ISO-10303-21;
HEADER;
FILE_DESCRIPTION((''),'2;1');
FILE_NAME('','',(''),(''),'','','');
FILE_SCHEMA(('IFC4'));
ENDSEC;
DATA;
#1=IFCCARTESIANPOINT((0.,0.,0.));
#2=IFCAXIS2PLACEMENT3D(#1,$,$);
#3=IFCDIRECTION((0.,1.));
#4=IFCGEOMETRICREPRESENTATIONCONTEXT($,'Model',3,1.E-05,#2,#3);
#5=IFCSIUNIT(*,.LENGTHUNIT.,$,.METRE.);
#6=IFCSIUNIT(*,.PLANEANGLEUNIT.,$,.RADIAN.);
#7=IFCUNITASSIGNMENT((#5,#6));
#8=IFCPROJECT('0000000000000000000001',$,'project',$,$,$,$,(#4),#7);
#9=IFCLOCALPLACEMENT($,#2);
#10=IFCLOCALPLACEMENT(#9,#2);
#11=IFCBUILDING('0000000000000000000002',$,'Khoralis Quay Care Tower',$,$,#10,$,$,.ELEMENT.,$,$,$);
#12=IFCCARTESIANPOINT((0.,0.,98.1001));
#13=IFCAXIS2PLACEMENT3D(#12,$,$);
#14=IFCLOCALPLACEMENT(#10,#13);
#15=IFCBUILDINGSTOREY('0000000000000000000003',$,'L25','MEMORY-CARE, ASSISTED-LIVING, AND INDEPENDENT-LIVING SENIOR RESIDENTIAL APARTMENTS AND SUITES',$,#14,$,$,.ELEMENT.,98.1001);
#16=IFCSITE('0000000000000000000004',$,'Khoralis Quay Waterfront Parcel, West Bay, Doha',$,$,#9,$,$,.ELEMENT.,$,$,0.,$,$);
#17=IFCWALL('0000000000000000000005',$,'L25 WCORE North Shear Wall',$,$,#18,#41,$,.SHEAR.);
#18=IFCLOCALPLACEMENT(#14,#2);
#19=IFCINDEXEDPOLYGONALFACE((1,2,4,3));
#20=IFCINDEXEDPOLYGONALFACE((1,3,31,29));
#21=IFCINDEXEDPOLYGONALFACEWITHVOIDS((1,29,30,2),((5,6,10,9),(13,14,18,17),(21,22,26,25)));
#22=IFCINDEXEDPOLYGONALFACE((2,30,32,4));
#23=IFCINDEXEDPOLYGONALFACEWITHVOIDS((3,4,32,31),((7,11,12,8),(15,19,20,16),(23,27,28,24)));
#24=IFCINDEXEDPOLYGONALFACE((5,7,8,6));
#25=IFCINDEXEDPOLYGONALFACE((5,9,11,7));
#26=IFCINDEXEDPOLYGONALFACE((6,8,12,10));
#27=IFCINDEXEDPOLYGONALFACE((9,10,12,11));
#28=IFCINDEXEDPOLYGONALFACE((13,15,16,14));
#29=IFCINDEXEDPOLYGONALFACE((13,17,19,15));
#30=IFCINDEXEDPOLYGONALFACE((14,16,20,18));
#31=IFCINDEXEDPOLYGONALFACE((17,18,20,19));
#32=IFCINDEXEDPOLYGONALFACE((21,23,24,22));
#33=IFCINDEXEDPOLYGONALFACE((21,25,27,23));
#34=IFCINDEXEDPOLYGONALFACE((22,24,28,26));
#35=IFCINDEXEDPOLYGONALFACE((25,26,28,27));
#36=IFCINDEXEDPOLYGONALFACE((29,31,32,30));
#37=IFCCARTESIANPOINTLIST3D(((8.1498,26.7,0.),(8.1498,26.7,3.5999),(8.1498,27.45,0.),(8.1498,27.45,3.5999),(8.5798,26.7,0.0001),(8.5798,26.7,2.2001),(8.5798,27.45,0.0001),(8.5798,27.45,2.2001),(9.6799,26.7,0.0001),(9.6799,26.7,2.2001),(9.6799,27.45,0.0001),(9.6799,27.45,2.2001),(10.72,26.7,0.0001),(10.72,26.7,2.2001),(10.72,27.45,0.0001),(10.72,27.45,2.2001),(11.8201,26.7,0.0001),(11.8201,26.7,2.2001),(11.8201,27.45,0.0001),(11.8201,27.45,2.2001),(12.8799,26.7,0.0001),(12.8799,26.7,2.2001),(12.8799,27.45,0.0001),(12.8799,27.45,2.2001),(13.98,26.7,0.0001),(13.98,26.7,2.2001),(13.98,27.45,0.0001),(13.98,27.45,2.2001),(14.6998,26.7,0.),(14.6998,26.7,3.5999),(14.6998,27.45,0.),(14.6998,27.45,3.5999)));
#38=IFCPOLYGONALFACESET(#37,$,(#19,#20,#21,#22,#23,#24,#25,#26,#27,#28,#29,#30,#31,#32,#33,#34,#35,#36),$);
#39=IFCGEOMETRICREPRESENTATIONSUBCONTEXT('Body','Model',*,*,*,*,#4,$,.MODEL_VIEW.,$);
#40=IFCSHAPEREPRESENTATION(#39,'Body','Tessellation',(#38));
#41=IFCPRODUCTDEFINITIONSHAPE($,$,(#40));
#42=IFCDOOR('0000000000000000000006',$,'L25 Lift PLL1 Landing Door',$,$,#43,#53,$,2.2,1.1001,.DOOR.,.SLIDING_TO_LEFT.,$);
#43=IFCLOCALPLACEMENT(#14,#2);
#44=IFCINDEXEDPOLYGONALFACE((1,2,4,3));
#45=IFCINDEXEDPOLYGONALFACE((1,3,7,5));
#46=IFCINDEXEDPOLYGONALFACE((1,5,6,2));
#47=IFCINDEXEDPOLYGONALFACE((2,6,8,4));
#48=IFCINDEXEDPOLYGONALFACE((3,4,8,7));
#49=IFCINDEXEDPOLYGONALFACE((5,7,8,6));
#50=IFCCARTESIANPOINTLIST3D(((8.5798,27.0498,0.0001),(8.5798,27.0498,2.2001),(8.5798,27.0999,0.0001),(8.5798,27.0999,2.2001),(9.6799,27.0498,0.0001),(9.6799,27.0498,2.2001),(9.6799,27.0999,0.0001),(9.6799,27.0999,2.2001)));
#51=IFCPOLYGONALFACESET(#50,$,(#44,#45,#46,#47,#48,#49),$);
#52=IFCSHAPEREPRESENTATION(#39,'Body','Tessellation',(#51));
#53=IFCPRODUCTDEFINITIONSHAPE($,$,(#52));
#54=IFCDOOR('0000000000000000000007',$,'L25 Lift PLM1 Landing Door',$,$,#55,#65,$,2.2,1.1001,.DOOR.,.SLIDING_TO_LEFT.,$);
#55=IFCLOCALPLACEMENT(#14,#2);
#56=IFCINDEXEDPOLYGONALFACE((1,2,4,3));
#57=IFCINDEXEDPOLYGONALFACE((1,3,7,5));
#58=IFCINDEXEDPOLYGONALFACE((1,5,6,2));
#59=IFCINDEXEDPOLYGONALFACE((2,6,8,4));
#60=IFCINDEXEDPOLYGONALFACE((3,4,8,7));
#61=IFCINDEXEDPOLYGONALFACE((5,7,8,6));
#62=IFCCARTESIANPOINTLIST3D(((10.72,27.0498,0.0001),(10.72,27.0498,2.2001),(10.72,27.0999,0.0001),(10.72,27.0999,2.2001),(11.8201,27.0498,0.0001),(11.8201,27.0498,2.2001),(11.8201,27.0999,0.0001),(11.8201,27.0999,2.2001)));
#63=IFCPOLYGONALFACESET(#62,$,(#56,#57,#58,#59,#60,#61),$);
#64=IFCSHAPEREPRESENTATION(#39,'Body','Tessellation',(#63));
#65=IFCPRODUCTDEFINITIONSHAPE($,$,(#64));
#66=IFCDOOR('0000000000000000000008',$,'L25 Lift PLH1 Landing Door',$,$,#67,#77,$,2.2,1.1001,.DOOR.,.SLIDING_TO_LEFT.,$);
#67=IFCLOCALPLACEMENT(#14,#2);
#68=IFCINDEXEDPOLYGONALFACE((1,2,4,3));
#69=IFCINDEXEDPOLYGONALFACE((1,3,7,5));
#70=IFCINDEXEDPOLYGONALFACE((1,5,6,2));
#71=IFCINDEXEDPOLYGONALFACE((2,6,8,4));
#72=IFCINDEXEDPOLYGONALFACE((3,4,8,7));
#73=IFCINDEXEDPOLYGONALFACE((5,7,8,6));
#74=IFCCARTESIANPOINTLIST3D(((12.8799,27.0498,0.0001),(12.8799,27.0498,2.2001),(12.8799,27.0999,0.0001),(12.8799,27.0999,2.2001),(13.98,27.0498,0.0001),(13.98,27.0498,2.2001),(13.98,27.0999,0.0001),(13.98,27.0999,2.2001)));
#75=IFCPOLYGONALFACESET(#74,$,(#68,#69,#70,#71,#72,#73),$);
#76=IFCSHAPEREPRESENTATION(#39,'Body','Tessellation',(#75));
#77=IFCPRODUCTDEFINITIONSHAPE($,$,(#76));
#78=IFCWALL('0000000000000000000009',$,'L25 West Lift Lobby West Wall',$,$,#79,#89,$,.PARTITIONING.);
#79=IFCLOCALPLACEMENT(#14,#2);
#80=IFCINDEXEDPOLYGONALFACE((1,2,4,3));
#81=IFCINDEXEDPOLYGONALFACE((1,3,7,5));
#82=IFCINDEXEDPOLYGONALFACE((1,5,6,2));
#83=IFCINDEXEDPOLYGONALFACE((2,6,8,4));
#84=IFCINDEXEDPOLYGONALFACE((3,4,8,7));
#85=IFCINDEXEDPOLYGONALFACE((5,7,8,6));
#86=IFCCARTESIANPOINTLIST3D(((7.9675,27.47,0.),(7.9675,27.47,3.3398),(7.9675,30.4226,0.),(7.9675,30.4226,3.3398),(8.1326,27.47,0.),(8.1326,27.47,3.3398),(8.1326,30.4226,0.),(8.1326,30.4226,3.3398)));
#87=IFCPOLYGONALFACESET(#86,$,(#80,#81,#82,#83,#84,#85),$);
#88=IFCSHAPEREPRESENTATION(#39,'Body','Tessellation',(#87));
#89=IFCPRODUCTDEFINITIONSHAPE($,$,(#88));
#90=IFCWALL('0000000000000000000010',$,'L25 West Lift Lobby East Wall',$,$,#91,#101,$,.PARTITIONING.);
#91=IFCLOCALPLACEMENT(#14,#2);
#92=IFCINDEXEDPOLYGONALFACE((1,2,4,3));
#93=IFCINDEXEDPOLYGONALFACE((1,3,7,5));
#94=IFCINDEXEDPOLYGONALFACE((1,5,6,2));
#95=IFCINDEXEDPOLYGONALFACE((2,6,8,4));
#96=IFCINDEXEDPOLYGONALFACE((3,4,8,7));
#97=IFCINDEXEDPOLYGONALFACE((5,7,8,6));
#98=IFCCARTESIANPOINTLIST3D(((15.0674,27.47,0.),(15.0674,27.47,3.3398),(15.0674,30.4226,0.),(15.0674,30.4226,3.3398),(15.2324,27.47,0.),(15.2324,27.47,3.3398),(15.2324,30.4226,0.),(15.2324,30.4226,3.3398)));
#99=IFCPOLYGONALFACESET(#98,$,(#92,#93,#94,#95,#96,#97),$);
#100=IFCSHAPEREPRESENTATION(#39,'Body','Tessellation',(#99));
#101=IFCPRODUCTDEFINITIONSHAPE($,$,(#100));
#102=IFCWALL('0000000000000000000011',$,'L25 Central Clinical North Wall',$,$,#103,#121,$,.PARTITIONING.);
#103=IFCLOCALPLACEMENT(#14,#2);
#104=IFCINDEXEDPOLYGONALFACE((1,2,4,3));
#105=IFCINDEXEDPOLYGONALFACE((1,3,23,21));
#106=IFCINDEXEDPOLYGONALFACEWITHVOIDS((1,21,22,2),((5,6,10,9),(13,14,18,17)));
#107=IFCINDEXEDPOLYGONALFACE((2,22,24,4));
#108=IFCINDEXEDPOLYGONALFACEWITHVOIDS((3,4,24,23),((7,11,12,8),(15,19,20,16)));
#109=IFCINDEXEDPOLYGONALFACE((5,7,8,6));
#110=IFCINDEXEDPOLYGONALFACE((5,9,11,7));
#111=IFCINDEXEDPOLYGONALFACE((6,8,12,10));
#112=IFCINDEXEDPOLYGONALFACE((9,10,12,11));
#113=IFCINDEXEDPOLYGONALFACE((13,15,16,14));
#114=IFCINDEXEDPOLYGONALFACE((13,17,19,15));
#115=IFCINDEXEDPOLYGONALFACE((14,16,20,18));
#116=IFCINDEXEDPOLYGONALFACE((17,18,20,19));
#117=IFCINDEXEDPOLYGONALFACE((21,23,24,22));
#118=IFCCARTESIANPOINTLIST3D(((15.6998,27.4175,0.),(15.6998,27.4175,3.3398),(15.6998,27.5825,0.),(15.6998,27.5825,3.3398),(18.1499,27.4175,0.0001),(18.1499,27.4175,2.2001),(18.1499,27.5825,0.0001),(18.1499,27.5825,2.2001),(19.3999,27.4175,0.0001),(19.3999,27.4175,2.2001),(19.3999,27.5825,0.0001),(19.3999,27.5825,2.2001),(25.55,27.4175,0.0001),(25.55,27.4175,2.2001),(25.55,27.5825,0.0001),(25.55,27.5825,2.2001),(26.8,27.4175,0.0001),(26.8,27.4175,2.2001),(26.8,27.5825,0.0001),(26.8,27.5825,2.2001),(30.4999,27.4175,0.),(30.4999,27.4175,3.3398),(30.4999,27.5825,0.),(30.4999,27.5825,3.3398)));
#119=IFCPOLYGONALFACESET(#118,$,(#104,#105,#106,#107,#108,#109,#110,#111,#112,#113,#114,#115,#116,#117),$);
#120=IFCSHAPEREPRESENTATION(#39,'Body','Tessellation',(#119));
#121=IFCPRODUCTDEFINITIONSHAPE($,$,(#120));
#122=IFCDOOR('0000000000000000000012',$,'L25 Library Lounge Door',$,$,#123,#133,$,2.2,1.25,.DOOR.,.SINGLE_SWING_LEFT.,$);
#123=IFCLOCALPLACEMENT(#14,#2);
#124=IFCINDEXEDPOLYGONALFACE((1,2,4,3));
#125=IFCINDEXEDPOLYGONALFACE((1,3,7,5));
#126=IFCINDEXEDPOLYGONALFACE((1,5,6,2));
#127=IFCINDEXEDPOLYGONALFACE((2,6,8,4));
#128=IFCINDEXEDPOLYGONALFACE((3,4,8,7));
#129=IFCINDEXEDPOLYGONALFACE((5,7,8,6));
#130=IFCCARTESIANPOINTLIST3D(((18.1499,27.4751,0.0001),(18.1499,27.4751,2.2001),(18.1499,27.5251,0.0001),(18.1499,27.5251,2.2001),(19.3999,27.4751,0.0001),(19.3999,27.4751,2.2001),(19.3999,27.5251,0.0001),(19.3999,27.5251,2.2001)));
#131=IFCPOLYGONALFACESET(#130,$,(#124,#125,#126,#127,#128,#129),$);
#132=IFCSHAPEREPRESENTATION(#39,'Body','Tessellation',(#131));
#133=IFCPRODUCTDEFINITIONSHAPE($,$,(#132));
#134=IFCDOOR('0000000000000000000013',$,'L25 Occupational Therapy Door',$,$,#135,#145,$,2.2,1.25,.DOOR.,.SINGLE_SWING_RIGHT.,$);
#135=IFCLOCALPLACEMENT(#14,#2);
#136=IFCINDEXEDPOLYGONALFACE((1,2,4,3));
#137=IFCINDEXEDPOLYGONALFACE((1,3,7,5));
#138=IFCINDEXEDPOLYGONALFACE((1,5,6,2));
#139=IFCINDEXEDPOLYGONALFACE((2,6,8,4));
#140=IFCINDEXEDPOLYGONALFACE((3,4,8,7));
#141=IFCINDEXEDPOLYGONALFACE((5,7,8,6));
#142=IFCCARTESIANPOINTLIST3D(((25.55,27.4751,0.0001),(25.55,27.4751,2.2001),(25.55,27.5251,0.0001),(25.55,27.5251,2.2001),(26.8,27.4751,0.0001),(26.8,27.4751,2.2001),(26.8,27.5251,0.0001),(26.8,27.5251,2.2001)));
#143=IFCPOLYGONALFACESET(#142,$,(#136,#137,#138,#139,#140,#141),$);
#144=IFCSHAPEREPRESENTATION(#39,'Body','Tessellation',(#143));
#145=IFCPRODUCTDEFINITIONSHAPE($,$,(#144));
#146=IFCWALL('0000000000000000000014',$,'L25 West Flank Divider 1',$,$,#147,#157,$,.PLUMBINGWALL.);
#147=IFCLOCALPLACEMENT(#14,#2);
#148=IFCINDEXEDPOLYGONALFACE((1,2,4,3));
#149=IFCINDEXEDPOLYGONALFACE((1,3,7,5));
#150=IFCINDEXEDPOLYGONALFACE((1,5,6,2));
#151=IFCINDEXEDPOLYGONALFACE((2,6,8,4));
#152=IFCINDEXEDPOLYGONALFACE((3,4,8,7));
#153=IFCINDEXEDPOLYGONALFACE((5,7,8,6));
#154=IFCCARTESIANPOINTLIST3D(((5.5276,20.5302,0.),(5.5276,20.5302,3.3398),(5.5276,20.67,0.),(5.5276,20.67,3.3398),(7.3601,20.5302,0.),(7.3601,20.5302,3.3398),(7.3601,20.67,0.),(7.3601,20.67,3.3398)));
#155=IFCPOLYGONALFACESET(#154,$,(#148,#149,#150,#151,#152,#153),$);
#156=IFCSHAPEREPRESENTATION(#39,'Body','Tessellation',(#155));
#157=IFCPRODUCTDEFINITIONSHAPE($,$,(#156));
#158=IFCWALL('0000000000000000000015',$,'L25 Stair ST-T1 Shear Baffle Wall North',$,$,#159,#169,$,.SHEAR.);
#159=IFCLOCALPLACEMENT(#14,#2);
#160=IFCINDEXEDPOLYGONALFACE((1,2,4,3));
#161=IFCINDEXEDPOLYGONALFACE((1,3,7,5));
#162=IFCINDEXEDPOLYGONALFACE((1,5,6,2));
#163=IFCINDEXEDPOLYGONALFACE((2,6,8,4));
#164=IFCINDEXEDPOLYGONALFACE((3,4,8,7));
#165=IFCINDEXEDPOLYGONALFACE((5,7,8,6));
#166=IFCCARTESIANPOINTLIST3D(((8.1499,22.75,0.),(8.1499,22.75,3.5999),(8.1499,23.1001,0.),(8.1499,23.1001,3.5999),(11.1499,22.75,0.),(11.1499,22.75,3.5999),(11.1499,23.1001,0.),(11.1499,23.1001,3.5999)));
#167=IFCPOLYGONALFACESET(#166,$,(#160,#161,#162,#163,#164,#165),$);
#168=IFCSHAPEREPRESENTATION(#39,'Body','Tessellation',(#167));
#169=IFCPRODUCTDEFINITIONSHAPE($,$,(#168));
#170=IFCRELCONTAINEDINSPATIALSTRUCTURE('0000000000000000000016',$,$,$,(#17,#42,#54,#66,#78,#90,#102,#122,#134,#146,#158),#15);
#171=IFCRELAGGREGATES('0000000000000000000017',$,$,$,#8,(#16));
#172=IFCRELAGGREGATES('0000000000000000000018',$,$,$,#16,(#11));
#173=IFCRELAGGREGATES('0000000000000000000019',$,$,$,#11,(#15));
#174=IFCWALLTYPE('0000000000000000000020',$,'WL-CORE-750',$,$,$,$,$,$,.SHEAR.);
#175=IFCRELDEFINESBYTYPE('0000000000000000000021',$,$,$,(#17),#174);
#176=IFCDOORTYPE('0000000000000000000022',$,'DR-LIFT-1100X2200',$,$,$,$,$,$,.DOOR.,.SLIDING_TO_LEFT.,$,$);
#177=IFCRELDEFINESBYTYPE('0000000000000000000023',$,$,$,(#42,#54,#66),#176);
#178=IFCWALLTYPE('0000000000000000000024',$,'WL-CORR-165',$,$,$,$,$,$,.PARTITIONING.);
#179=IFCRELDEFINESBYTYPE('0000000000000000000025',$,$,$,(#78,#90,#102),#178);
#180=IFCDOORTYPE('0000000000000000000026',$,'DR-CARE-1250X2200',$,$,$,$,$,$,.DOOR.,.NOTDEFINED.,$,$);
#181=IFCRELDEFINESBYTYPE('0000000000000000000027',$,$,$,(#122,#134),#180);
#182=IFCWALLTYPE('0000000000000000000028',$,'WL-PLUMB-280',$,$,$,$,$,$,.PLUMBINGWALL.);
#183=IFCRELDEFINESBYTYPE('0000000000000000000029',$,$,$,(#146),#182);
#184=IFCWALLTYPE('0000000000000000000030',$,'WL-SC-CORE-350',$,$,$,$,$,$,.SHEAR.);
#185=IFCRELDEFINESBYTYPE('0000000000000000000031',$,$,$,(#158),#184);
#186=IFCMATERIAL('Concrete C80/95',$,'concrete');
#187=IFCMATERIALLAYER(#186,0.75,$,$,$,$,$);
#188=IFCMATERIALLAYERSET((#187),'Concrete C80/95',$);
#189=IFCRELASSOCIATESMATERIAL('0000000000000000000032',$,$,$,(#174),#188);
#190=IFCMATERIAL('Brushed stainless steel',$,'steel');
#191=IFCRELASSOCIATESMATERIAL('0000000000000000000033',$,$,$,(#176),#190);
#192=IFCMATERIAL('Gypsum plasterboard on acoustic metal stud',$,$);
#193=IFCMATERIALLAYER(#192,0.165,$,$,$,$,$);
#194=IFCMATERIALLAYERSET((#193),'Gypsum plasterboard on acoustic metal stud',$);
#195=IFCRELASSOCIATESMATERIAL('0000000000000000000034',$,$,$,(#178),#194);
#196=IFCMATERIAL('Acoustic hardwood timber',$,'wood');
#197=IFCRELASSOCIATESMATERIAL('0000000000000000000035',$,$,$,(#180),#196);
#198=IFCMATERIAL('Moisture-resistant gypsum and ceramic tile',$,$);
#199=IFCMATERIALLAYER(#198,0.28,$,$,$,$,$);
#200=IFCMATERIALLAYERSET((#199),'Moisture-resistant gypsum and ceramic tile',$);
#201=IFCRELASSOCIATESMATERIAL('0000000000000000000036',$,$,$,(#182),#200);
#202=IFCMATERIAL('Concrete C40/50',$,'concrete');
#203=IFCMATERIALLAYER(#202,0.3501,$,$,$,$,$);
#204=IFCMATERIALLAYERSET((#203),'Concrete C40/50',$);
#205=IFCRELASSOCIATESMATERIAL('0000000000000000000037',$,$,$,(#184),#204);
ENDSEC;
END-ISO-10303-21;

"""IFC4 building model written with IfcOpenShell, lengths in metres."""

from ifc_helpers import new_model, si_unit, direction, frame, frame_2d, origin, place, context, subcontext, project, spatial, rectangle, extrude, source, transform, mapped, material, layer, layer_set, type_object, element, fill, save


model = new_model("IFC4")

# Units and contexts
model_context = context("Model", 3, precision=1e-05, world=origin(), true_north=direction((0.0, 1.0)))
body_context = subcontext(model_context, "Body", "Model", "MODEL_VIEW")
ifc_project = project(units=[si_unit("LENGTHUNIT", "METRE"), si_unit("PLANEANGLEUNIT", "RADIAN")], contexts=[model_context])

# Site, building, storey
site_placement = place(None, origin())
site = spatial("IfcSite", under=ifc_project, at=site_placement, Name="Khoralis Quay Waterfront Parcel, West Bay, Doha", CompositionType="ELEMENT", RefElevation=0.0)
building_placement = place(site_placement, origin())
building = spatial("IfcBuilding", under=site, at=building_placement, Name="Khoralis Quay Care Tower", CompositionType="ELEMENT")
storey_placement = place(building_placement, frame((0.0, 0.0, 98.1001)))
storey = spatial("IfcBuildingStorey", under=building, at=storey_placement, Name="L25", Description="MEMORY-CARE, ASSISTED-LIVING, AND INDEPENDENT-LIVING SENIOR RESIDENTIAL APARTMENTS AND SUITES", CompositionType="ELEMENT", Elevation=98.1001)

# Shared definitions
ifc_material_1 = material(Name="Concrete C80/95", Category="concrete")

# Wall, openings, doors
ifc_layer_1 = layer(ifc_material_1, 0.75)
ifc_layer_set_1 = layer_set([ifc_layer_1], Name="Concrete C80/95")
wall_type_1 = type_object("IfcWallType", Name="WL-CORE-750", PredefinedType="SHEAR", material=ifc_layer_set_1)
wall_1_placement = place(storey_placement, frame((8.1499, 27.075, 0.0), z_axis=(0.0, 0.0, 1.0), x_axis=(1.0, 0.0, 0.0)))
wall_1 = element("IfcWall", 1, at=wall_1_placement, inside=storey, type_object=wall_type_1, Name="L25 WCORE North Shear Wall", PredefinedType="SHEAR", context=body_context, shape_type="SweptSolid", body=[
    extrude(rectangle(XDim=6.55, YDim=0.75, at=frame_2d((3.2749, 0.0))), origin(), (0.0, 0.0, 1.0), 3.5999),
])
opening_1_placement = place(wall_1_placement, frame((0.4299, 0.0, 0.0)))
opening_1 = element("IfcOpeningElement", 2, at=opening_1_placement, cuts=wall_1, PredefinedType="OPENING", context=body_context, shape_type="SweptSolid", body=[
    extrude(rectangle(XDim=1.1001, YDim=2.2, at=frame_2d((0.55, 1.1001))), frame((0.0, 0.385, 0.0), z_axis=(0.0, -1.0, 0.0), x_axis=(1.0, 0.0, 0.0)), (0.0, 0.0, 1.0), 0.77),
])
opening_2_placement = place(wall_1_placement, frame((2.5701, 0.0, 0.0)))
opening_2 = element("IfcOpeningElement", 3, at=opening_2_placement, cuts=wall_1, PredefinedType="OPENING", context=body_context, shape_type="SweptSolid", body=[
    extrude(rectangle(XDim=1.1001, YDim=2.2, at=frame_2d((0.55, 1.1001))), frame((0.0, 0.385, 0.0), z_axis=(0.0, -1.0, 0.0), x_axis=(1.0, 0.0, 0.0)), (0.0, 0.0, 1.0), 0.77),
])
opening_3_placement = place(wall_1_placement, frame((4.73, 0.0, 0.0)))
opening_3 = element("IfcOpeningElement", 4, at=opening_3_placement, cuts=wall_1, PredefinedType="OPENING", context=body_context, shape_type="SweptSolid", body=[
    extrude(rectangle(XDim=1.1001, YDim=2.2, at=frame_2d((0.55, 1.1001))), frame((0.0, 0.385, 0.0), z_axis=(0.0, -1.0, 0.0), x_axis=(1.0, 0.0, 0.0)), (0.0, 0.0, 1.0), 0.77),
])
ifc_material_2 = material(Name="Brushed stainless steel", Category="steel")
door_type_1 = type_object("IfcDoorType", Name="DR-LIFT-1100X2200", OperationType="SLIDING_TO_LEFT", PredefinedType="DOOR", material=ifc_material_2)
shared_shape_1 = source(origin(), body_context, "Body", "SweptSolid", [
    extrude(rectangle(XDim=1.1001, YDim=2.2, at=frame_2d((0.55, 1.1001))), frame((0.0, 0.0249, 0.0), z_axis=(0.0, -1.0, 0.0), x_axis=(1.0, 0.0, 0.0)), (0.0, 0.0, 1.0), 0.05),
])
door_1_placement = place(opening_1_placement, origin())
door_1 = element("IfcDoor", 5, at=door_1_placement, inside=storey, type_object=door_type_1, Name="L25 Lift PLL1 Landing Door", OperationType="SLIDING_TO_LEFT", OverallHeight=2.2, OverallWidth=1.1001, PredefinedType="DOOR", context=body_context, shape_type="MappedRepresentation", body=[
    mapped(shared_shape_1, transform((0.0, 0.0, 0.0), scale=1.0)),
])
fill(opening_1, door_1)
door_2_placement = place(opening_2_placement, origin())
door_2 = element("IfcDoor", 6, at=door_2_placement, inside=storey, type_object=door_type_1, Name="L25 Lift PLM1 Landing Door", OperationType="SLIDING_TO_LEFT", OverallHeight=2.2, OverallWidth=1.1001, PredefinedType="DOOR", context=body_context, shape_type="MappedRepresentation", body=[
    mapped(shared_shape_1, transform((0.0, 0.0, 0.0), scale=1.0)),
])
fill(opening_2, door_2)
door_3_placement = place(opening_3_placement, origin())
door_3 = element("IfcDoor", 7, at=door_3_placement, inside=storey, type_object=door_type_1, Name="L25 Lift PLH1 Landing Door", OperationType="SLIDING_TO_LEFT", OverallHeight=2.2, OverallWidth=1.1001, PredefinedType="DOOR", context=body_context, shape_type="MappedRepresentation", body=[
    mapped(shared_shape_1, transform((0.0, 0.0, 0.0), scale=1.0)),
])
fill(opening_3, door_3)

# Walls
ifc_material_3 = material(Name="Gypsum plasterboard on acoustic metal stud")
ifc_layer_2 = layer(ifc_material_3, 0.165)
ifc_layer_set_2 = layer_set([ifc_layer_2], Name="Gypsum plasterboard on acoustic metal stud")
wall_type_2 = type_object("IfcWallType", Name="WL-CORR-165", PredefinedType="PARTITIONING", material=ifc_layer_set_2)
for number, where, z_axis, x_axis, name in (
    (8, (8.05, 27.47, 0.0), (0.0, 0.0, 1.0), (0.0, 1.0, 0.0), "L25 West Lift Lobby West Wall"),
    (9, (15.1499, 27.47, 0.0), (0.0, 0.0, 1.0), (0.0, 1.0, 0.0), "L25 West Lift Lobby East Wall"),
):
    element("IfcWall", number, at=place(storey_placement, frame(where, z_axis=z_axis, x_axis=x_axis)), inside=storey, type_object=wall_type_2, Name=name, PredefinedType="PARTITIONING", context=body_context, shape_type="SweptSolid", body=[
        extrude(rectangle(XDim=2.9526, YDim=0.165, at=frame_2d((1.4763, 0.0))), origin(), (0.0, 0.0, 1.0), 3.3398),
    ])

# Wall, openings, doors
wall_2_placement = place(storey_placement, frame((15.7, 27.5, 0.0), z_axis=(0.0, 0.0, 1.0), x_axis=(1.0, 0.0, 0.0)))
wall_2 = element("IfcWall", 10, at=wall_2_placement, inside=storey, type_object=wall_type_2, Name="L25 Central Clinical North Wall", PredefinedType="PARTITIONING", context=body_context, shape_type="SweptSolid", body=[
    extrude(rectangle(XDim=14.8, YDim=0.165, at=frame_2d((7.3999, 0.0))), origin(), (0.0, 0.0, 1.0), 3.3398),
])
opening_4_placement = place(wall_2_placement, frame((2.45, 0.0, 0.0)))
opening_4 = element("IfcOpeningElement", 11, at=opening_4_placement, cuts=wall_2, PredefinedType="OPENING", context=body_context, shape_type="SweptSolid", body=[
    extrude(rectangle(XDim=1.25, YDim=2.2, at=frame_2d((0.625, 1.1001))), frame((0.0, 0.0925, 0.0), z_axis=(0.0, -1.0, 0.0), x_axis=(1.0, 0.0, 0.0)), (0.0, 0.0, 1.0), 0.1851),
])
opening_5_placement = place(wall_2_placement, frame((9.8501, 0.0, 0.0)))
opening_5 = element("IfcOpeningElement", 12, at=opening_5_placement, cuts=wall_2, PredefinedType="OPENING", context=body_context, shape_type="SweptSolid", body=[
    extrude(rectangle(XDim=1.25, YDim=2.2, at=frame_2d((0.625, 1.1001))), frame((0.0, 0.0925, 0.0), z_axis=(0.0, -1.0, 0.0), x_axis=(1.0, 0.0, 0.0)), (0.0, 0.0, 1.0), 0.1851),
])
ifc_material_4 = material(Name="Acoustic hardwood timber", Category="wood")
door_type_2 = type_object("IfcDoorType", Name="DR-CARE-1250X2200", OperationType="NOTDEFINED", PredefinedType="DOOR", material=ifc_material_4)
shared_shape_2 = source(origin(), body_context, "Body", "SweptSolid", [
    extrude(rectangle(XDim=1.25, YDim=2.2, at=frame_2d((0.625, 1.1001))), frame((0.0, 0.0249, 0.0), z_axis=(0.0, -1.0, 0.0), x_axis=(1.0, 0.0, 0.0)), (0.0, 0.0, 1.0), 0.05),
])
door_4_placement = place(opening_4_placement, frame((1.25, 0.0, 0.0), z_axis=(0.0, 0.0, 1.0), x_axis=(-1.0, 0.0, 0.0)))
door_4 = element("IfcDoor", 13, at=door_4_placement, inside=storey, type_object=door_type_2, Name="L25 Library Lounge Door", OperationType="SINGLE_SWING_LEFT", OverallHeight=2.2, OverallWidth=1.25, PredefinedType="DOOR", context=body_context, shape_type="MappedRepresentation", body=[
    mapped(shared_shape_2, transform((0.0, 0.0, 0.0), scale=1.0)),
])
fill(opening_4, door_4)
door_5_placement = place(opening_5_placement, frame((1.25, 0.0, 0.0), z_axis=(0.0, 0.0, 1.0), x_axis=(-1.0, 0.0, 0.0)))
door_5 = element("IfcDoor", 14, at=door_5_placement, inside=storey, type_object=door_type_2, Name="L25 Occupational Therapy Door", OperationType="SINGLE_SWING_RIGHT", OverallHeight=2.2, OverallWidth=1.25, PredefinedType="DOOR", context=body_context, shape_type="MappedRepresentation", body=[
    mapped(shared_shape_2, transform((0.0, 0.0, 0.0), scale=1.0)),
])
fill(opening_5, door_5)

# Walls
ifc_material_5 = material(Name="Moisture-resistant gypsum and ceramic tile")
ifc_layer_3 = layer(ifc_material_5, 0.28)
ifc_layer_set_3 = layer_set([ifc_layer_3], Name="Moisture-resistant gypsum and ceramic tile")
wall_type_3 = type_object("IfcWallType", Name="WL-PLUMB-280", PredefinedType="PLUMBINGWALL", material=ifc_layer_set_3)
wall_3_placement = place(storey_placement, frame((5.5276, 20.6001, 0.0), z_axis=(0.0, 0.0, 1.0), x_axis=(1.0, 0.0, 0.0)))
element("IfcWall", 15, at=wall_3_placement, inside=storey, type_object=wall_type_3, Name="L25 West Flank Divider 1", PredefinedType="PLUMBINGWALL", context=body_context, shape_type="SweptSolid", body=[
    extrude(rectangle(XDim=1.8325, YDim=0.1399, at=frame_2d((0.9163, 0.0))), origin(), (0.0, 0.0, 1.0), 3.3398),
])
ifc_material_6 = material(Name="Concrete C40/50", Category="concrete")
ifc_layer_4 = layer(ifc_material_6, 0.3501)
ifc_layer_set_4 = layer_set([ifc_layer_4], Name="Concrete C40/50")
wall_type_4 = type_object("IfcWallType", Name="WL-SC-CORE-350", PredefinedType="SHEAR", material=ifc_layer_set_4)
wall_4_placement = place(storey_placement, frame((8.1499, 22.925, 0.0), z_axis=(0.0, 0.0, 1.0), x_axis=(1.0, 0.0, 0.0)))
element("IfcWall", 16, at=wall_4_placement, inside=storey, type_object=wall_type_4, Name="L25 Stair ST-T1 Shear Baffle Wall North", PredefinedType="SHEAR", context=body_context, shape_type="SweptSolid", body=[
    extrude(rectangle(XDim=3.0, YDim=0.3501, at=frame_2d((1.5, 0.0))), origin(), (0.0, 0.0, 1.0), 3.5999),
])

save(model, "model.ifc")
